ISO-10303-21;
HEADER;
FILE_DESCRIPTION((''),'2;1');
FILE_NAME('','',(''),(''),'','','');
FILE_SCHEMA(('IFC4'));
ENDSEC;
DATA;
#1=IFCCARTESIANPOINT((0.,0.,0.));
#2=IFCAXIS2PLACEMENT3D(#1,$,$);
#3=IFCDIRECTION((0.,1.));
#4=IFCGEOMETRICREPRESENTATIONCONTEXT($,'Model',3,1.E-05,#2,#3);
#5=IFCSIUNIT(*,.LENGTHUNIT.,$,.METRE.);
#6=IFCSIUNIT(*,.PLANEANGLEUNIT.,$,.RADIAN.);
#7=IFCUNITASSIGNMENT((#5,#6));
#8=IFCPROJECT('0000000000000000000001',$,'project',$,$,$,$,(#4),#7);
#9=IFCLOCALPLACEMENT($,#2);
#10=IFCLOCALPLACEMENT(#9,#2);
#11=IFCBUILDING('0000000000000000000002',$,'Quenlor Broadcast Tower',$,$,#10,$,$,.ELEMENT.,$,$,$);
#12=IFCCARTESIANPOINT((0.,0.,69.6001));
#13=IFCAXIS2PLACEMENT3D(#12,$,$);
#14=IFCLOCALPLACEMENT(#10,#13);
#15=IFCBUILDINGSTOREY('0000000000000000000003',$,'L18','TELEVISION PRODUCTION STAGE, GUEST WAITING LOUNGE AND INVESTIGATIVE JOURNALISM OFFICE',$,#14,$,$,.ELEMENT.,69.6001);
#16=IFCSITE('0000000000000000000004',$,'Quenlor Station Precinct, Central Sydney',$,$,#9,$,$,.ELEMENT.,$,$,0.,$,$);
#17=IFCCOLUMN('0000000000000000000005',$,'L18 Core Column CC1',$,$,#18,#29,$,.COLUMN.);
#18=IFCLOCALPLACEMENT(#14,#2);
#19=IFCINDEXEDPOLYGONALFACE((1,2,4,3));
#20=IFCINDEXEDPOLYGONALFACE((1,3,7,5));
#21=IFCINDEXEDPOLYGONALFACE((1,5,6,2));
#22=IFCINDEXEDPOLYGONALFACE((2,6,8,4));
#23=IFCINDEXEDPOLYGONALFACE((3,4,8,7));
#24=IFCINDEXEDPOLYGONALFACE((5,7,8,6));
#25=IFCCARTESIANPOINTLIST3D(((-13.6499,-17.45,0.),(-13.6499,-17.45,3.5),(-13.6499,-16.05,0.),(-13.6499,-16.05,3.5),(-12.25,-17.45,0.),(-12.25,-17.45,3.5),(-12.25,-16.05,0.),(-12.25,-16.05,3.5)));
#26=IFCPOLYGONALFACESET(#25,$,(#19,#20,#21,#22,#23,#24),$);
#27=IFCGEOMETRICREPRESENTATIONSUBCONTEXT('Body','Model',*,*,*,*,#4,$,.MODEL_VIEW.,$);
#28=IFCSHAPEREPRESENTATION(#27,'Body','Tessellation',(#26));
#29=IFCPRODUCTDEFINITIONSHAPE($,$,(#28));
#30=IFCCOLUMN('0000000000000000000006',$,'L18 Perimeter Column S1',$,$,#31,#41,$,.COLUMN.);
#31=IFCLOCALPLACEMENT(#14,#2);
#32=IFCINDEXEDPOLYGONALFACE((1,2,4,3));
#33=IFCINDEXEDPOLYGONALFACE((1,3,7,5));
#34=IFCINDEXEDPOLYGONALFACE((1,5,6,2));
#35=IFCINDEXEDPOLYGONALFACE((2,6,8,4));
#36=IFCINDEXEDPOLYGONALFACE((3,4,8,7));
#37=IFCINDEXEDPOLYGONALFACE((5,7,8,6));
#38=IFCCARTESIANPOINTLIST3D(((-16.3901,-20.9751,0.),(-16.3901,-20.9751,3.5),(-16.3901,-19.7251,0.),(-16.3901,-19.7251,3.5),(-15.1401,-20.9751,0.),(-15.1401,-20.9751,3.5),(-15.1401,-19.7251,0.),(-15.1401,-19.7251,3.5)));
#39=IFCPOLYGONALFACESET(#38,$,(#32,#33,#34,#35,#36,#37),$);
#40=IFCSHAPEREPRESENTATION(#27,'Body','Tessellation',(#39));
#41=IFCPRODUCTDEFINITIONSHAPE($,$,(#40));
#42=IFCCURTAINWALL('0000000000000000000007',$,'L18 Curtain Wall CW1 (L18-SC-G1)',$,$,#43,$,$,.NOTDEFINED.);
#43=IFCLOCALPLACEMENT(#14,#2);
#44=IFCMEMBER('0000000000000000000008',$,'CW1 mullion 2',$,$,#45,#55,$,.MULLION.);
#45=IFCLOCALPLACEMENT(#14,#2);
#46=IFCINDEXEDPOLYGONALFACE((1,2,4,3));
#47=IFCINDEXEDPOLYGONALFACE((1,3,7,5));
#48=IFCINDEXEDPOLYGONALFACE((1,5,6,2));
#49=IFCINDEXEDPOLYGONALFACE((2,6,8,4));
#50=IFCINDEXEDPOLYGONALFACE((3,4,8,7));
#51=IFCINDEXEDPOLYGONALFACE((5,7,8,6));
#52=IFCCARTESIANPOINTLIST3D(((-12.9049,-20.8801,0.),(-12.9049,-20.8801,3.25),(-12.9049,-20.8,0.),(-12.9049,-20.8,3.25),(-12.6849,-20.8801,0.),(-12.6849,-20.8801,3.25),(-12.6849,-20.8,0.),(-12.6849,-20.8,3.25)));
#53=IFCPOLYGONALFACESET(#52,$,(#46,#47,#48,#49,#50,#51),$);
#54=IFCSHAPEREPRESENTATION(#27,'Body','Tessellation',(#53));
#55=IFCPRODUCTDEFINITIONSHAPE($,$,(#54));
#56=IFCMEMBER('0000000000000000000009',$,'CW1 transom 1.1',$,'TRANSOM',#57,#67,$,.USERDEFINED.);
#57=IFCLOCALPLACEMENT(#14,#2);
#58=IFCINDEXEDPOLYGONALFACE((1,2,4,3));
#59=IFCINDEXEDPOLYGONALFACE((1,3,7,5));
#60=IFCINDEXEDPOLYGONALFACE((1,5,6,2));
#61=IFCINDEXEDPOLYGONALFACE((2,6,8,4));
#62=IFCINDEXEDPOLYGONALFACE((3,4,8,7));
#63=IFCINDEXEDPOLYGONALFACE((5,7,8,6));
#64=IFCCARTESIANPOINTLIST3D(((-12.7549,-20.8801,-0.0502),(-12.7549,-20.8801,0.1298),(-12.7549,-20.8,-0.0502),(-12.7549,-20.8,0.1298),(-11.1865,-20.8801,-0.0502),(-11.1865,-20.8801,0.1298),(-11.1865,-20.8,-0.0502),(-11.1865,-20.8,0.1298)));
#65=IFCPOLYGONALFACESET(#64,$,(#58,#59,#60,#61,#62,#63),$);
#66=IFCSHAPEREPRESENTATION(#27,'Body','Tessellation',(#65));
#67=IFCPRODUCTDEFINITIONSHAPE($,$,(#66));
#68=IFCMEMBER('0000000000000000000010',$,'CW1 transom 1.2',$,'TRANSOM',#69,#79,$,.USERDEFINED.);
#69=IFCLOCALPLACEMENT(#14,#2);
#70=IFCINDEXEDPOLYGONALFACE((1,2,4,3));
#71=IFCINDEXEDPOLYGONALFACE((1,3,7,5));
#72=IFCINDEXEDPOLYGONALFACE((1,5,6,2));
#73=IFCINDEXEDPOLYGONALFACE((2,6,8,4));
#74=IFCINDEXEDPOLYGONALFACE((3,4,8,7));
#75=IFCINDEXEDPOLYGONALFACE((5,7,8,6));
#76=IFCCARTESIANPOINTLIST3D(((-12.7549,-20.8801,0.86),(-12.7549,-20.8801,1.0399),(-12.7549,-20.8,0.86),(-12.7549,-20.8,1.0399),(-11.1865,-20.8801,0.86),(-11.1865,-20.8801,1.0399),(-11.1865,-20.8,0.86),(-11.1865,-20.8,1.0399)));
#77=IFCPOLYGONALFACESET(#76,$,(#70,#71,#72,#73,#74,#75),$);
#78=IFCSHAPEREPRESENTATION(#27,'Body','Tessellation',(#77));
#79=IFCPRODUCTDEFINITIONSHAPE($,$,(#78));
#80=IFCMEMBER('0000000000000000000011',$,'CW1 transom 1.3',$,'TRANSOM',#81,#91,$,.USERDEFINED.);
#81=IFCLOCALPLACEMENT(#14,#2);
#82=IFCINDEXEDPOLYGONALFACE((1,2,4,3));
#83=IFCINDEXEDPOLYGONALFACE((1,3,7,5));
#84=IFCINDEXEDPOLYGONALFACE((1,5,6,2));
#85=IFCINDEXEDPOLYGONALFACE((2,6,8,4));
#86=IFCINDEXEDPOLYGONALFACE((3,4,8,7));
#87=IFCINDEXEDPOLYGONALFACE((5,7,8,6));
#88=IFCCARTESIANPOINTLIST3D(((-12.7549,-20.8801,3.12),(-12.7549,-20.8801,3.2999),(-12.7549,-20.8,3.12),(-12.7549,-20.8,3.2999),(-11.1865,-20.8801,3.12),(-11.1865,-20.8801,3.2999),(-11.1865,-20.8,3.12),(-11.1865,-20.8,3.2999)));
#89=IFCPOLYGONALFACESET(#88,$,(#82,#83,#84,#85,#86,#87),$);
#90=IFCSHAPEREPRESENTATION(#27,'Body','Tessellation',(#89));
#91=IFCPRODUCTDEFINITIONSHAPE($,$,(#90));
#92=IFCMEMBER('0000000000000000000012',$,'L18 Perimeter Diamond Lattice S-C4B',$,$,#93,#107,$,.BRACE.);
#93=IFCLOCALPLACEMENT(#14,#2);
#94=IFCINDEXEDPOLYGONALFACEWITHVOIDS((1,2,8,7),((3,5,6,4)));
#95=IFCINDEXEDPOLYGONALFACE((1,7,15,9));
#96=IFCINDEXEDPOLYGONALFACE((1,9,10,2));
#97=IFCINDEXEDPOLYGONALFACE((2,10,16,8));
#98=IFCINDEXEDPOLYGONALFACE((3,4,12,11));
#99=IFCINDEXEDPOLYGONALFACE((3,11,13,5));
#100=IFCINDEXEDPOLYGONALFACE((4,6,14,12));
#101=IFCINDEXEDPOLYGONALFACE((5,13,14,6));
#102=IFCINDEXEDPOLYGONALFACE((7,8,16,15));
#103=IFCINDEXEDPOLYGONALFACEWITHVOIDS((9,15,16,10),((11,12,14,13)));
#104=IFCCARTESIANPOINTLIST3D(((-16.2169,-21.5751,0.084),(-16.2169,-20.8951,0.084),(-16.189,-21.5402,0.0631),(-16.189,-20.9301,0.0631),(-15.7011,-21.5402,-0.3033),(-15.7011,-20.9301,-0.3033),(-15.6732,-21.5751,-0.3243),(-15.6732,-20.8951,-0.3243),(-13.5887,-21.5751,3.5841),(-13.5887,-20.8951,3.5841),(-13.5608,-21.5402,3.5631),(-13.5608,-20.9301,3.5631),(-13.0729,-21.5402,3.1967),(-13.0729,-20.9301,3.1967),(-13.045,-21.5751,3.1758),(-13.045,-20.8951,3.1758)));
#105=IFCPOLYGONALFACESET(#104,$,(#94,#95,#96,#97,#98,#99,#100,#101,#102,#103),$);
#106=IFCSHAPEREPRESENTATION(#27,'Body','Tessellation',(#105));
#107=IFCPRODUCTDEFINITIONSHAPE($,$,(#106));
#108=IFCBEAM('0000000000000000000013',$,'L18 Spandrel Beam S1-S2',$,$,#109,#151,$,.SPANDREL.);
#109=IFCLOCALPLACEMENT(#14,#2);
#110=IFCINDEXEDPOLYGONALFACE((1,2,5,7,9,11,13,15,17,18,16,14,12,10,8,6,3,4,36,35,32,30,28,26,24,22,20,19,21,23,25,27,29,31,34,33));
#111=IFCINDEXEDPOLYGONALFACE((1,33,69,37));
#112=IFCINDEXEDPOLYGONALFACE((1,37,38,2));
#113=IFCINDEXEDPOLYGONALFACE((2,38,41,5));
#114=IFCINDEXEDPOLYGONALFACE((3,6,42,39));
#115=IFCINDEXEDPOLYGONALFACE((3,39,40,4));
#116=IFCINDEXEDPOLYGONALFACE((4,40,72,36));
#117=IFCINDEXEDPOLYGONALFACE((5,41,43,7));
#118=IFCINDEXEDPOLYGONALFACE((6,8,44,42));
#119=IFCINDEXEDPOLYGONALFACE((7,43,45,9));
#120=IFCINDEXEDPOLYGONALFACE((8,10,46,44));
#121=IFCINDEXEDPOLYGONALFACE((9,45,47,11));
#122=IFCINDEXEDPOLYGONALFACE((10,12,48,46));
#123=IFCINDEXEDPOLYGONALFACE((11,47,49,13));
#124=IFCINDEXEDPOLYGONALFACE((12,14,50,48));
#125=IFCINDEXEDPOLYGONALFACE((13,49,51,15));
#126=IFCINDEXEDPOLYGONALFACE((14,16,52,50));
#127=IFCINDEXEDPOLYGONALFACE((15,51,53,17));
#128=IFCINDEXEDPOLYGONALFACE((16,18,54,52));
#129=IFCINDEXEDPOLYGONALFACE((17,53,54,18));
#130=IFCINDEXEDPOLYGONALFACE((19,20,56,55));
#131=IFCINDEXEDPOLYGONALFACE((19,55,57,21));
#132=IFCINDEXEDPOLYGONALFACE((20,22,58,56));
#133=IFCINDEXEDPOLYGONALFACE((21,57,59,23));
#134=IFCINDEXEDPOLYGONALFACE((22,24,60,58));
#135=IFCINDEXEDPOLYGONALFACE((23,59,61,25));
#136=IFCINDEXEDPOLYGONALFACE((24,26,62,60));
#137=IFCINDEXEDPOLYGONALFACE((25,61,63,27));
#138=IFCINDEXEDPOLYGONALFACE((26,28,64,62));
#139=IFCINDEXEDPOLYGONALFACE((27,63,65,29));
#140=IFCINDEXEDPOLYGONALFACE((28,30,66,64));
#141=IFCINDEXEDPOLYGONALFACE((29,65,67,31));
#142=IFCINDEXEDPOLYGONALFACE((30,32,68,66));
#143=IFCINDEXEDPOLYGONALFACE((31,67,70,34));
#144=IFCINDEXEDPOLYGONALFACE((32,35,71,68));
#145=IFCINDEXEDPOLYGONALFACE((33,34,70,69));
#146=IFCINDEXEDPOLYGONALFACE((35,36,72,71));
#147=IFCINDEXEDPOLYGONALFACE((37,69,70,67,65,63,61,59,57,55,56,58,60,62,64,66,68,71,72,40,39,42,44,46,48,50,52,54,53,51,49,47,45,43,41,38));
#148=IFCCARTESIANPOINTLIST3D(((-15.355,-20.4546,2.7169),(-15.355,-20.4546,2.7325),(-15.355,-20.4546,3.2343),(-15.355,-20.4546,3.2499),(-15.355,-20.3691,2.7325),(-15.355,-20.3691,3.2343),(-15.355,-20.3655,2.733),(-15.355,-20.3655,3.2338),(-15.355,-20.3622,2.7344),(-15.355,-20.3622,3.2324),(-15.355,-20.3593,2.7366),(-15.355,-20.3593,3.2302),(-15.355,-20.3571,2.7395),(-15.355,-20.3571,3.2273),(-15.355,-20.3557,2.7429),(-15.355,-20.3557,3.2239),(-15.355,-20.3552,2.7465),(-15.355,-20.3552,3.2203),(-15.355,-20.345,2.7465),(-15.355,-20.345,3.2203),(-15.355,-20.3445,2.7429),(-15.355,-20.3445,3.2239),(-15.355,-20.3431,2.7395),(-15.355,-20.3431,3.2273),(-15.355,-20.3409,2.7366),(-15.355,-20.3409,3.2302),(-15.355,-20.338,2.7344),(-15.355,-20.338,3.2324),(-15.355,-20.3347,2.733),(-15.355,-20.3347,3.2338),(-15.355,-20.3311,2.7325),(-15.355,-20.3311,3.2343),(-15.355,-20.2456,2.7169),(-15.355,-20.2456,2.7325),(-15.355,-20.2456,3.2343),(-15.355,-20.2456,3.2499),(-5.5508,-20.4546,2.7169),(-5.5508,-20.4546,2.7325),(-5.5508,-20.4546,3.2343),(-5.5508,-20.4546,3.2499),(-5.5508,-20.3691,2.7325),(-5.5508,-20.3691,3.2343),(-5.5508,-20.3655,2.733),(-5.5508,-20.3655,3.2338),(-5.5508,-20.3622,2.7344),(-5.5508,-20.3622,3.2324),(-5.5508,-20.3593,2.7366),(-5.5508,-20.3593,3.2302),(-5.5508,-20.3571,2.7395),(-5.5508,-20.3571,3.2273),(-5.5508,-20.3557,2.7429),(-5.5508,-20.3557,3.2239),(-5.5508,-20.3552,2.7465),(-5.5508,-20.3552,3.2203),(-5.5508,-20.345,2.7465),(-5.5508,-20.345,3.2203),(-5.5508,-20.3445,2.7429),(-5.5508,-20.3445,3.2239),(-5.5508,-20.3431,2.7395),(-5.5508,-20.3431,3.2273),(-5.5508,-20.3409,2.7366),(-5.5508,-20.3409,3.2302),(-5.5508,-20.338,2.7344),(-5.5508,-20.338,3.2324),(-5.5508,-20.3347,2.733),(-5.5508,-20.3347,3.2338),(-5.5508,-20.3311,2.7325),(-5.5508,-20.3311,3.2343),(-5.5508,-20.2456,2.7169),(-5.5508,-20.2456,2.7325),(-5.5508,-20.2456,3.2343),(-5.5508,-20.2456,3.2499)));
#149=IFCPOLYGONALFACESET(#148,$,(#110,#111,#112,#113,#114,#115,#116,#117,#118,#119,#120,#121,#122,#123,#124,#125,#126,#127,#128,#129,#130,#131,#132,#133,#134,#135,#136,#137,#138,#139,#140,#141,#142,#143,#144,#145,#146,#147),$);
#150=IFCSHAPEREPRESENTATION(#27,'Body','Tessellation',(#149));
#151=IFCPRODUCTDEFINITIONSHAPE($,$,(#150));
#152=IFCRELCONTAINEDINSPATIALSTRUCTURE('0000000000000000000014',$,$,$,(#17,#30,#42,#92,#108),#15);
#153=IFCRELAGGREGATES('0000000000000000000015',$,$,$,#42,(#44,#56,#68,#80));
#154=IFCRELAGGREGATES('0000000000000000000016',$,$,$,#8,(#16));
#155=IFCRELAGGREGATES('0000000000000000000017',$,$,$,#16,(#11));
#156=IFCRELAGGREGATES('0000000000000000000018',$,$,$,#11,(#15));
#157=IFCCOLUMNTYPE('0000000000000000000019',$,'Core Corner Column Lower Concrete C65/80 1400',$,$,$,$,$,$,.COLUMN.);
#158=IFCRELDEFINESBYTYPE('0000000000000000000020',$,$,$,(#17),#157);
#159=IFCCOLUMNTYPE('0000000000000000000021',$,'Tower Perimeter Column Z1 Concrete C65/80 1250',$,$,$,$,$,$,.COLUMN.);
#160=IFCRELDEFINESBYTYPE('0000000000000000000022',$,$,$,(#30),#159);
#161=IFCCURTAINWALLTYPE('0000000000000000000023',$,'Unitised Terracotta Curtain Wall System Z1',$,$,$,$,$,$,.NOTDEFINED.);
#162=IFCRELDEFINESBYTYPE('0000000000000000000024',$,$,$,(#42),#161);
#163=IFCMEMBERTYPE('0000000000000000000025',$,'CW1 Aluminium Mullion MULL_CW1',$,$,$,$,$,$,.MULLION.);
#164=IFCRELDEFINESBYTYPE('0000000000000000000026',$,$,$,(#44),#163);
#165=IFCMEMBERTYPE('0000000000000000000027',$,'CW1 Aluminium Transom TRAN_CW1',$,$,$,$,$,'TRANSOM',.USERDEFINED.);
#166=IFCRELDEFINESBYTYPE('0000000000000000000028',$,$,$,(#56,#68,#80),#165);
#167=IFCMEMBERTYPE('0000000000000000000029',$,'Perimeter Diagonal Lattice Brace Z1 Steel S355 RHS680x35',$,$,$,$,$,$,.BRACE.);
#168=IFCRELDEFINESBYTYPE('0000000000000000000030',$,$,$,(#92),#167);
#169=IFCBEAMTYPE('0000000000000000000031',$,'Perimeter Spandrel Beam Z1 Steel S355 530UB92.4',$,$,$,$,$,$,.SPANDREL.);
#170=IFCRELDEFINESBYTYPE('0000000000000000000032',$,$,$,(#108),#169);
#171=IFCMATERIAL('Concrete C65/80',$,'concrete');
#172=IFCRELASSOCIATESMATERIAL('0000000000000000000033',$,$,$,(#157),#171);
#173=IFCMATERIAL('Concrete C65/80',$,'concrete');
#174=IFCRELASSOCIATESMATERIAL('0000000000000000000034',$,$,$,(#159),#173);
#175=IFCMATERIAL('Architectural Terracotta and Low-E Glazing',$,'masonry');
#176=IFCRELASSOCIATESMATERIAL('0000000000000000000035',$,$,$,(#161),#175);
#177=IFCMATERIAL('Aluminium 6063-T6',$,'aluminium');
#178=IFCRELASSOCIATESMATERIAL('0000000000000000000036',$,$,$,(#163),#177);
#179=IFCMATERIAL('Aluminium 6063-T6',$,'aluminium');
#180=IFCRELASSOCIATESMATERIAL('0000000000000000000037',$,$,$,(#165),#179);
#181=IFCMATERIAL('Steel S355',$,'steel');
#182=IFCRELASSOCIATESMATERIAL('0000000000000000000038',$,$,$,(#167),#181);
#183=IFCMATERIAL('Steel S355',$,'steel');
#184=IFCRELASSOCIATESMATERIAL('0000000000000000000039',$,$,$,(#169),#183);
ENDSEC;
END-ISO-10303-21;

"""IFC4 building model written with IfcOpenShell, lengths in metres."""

from ifc_helpers import new_model, si_unit, direction, frame, origin, origin_2d, place, context, subcontext, project, spatial, rectangle, hollow_rectangle, i_section, extrude, material, material_profile, profile_set, type_object, element, aggregate, save


model = new_model("IFC4")

# Units and contexts
model_context = context("Model", 3, precision=1e-05, world=origin(), true_north=direction((0.0, 1.0)))
body_context = subcontext(model_context, "Body", "Model", "MODEL_VIEW")
ifc_project = project(units=[si_unit("LENGTHUNIT", "METRE"), si_unit("PLANEANGLEUNIT", "RADIAN")], contexts=[model_context])

# Site, building, storey
site_placement = place(None, origin())
site = spatial("IfcSite", under=ifc_project, at=site_placement, Name="Quenlor Station Precinct, Central Sydney", CompositionType="ELEMENT", RefElevation=0.0)
building_placement = place(site_placement, origin())
building = spatial("IfcBuilding", under=site, at=building_placement, Name="Quenlor Broadcast Tower", CompositionType="ELEMENT")
storey_placement = place(building_placement, frame((0.0, 0.0, 69.6001)))
storey = spatial("IfcBuildingStorey", under=building, at=storey_placement, Name="L18", Description="TELEVISION PRODUCTION STAGE, GUEST WAITING LOUNGE AND INVESTIGATIVE JOURNALISM OFFICE", CompositionType="ELEMENT", Elevation=69.6001)

# Columns
ifc_material_1 = material(Name="Concrete C65/80", Category="concrete")
ifc_material_profile_1 = material_profile(ifc_material_1, rectangle(XDim=1.3999, YDim=1.3999, at=origin_2d()))
ifc_profile_set_1 = profile_set([ifc_material_profile_1], Name="Concrete C65/80 RC1400x1400")
column_type_1 = type_object("IfcColumnType", Name="Core Corner Column Lower Concrete C65/80 1400", PredefinedType="COLUMN", material=ifc_profile_set_1)
column_1_placement = place(storey_placement, frame((-12.95, -16.75, 0.0), z_axis=(0.0, 0.0, 1.0), x_axis=(1.0, 0.0, 0.0)))
element("IfcColumn", 1, at=column_1_placement, inside=storey, type_object=column_type_1, Name="L18 Core Column CC1", PredefinedType="COLUMN", context=body_context, shape_type="SweptSolid", body=[
    extrude(rectangle(XDim=1.3999, YDim=1.3999, at=origin_2d()), origin(), (0.0, 0.0, 1.0), 3.5),
])
ifc_material_2 = material(Name="Concrete C65/80", Category="concrete")
ifc_material_profile_2 = material_profile(ifc_material_2, rectangle(XDim=1.25, YDim=1.25, at=origin_2d()))
ifc_profile_set_2 = profile_set([ifc_material_profile_2], Name="Concrete C65/80 RC1250x1250")
column_type_2 = type_object("IfcColumnType", Name="Tower Perimeter Column Z1 Concrete C65/80 1250", PredefinedType="COLUMN", material=ifc_profile_set_2)
column_2_placement = place(storey_placement, frame((-15.7651, -20.3501, 0.0), z_axis=(0.0, 0.0, 1.0), x_axis=(0.0, 1.0, 0.0)))
element("IfcColumn", 2, at=column_2_placement, inside=storey, type_object=column_type_2, Name="L18 Perimeter Column S1", PredefinedType="COLUMN", context=body_context, shape_type="SweptSolid", body=[
    extrude(rectangle(XDim=1.25, YDim=1.25, at=origin_2d()), origin(), (0.0, 0.0, 1.0), 3.5),
])

# Curtain wall, members
ifc_material_3 = material(Name="Architectural Terracotta and Low-E Glazing", Category="masonry")
curtain_wall_type = type_object("IfcCurtainWallType", Name="Unitised Terracotta Curtain Wall System Z1", PredefinedType="NOTDEFINED", material=ifc_material_3)
curtain_wall_placement = place(storey_placement, origin())
curtain_wall = element("IfcCurtainWall", 3, at=curtain_wall_placement, inside=storey, type_object=curtain_wall_type, Name="L18 Curtain Wall CW1 (L18-SC-G1)", PredefinedType="NOTDEFINED")
ifc_material_4 = material(Name="Aluminium 6063-T6", Category="aluminium")
ifc_material_profile_3 = material_profile(ifc_material_4, rectangle(XDim=0.0801, YDim=0.22, at=origin_2d()))
ifc_profile_set_3 = profile_set([ifc_material_profile_3], Name="Aluminium 6063-T6 MULL80x220")
member_type_1 = type_object("IfcMemberType", Name="CW1 Aluminium Mullion MULL_CW1", PredefinedType="MULLION", material=ifc_profile_set_3)
member_1_placement = place(storey_placement, frame((-12.7949, -20.8401, 0.0), z_axis=(0.0, 0.0, 1.0), x_axis=(0.0, -1.0, 0.0)))
member_1 = element("IfcMember", 4, at=member_1_placement, type_object=member_type_1, Name="CW1 mullion 2", PredefinedType="MULLION", context=body_context, shape_type="SweptSolid", body=[
    extrude(rectangle(XDim=0.0801, YDim=0.22, at=origin_2d()), origin(), (0.0, 0.0, 1.0), 3.25),
])
ifc_material_5 = material(Name="Aluminium 6063-T6", Category="aluminium")
ifc_material_profile_4 = material_profile(ifc_material_5, rectangle(XDim=0.0801, YDim=0.1799, at=origin_2d()))
ifc_profile_set_4 = profile_set([ifc_material_profile_4], Name="Aluminium 6063-T6 TRAN80x180")
member_type_2 = type_object("IfcMemberType", Name="CW1 Aluminium Transom TRAN_CW1", ElementType="TRANSOM", PredefinedType="USERDEFINED", material=ifc_profile_set_4)
member_2_placement = place(storey_placement, frame((-11.1865, -20.8401, 0.0398), z_axis=(-1.0, 0.0, 0.0), x_axis=(0.0, -1.0, 0.0)))
member_2 = element("IfcMember", 5, at=member_2_placement, type_object=member_type_2, Name="CW1 transom 1.1", ObjectType="TRANSOM", PredefinedType="USERDEFINED", context=body_context, shape_type="SweptSolid", body=[
    extrude(rectangle(XDim=0.0801, YDim=0.1799, at=origin_2d()), origin(), (0.0, 0.0, 1.0), 1.5684),
])
member_3_placement = place(storey_placement, frame((-11.1865, -20.8401, 0.95), z_axis=(-1.0, 0.0, 0.0), x_axis=(0.0, -1.0, 0.0)))
member_3 = element("IfcMember", 6, at=member_3_placement, type_object=member_type_2, Name="CW1 transom 1.2", ObjectType="TRANSOM", PredefinedType="USERDEFINED", context=body_context, shape_type="SweptSolid", body=[
    extrude(rectangle(XDim=0.0801, YDim=0.1799, at=origin_2d()), origin(), (0.0, 0.0, 1.0), 1.5684),
])
member_4_placement = place(storey_placement, frame((-11.1865, -20.8401, 3.21), z_axis=(-1.0, 0.0, 0.0), x_axis=(0.0, -1.0, 0.0)))
member_4 = element("IfcMember", 7, at=member_4_placement, type_object=member_type_2, Name="CW1 transom 1.3", ObjectType="TRANSOM", PredefinedType="USERDEFINED", context=body_context, shape_type="SweptSolid", body=[
    extrude(rectangle(XDim=0.0801, YDim=0.1799, at=origin_2d()), origin(), (0.0, 0.0, 1.0), 1.5684),
])

# Member
ifc_material_6 = material(Name="Steel S355", Category="steel")
ifc_material_profile_5 = material_profile(ifc_material_6, hollow_rectangle(XDim=0.6799, YDim=0.6799, WallThickness=0.0349, at=origin_2d()))
ifc_profile_set_5 = profile_set([ifc_material_profile_5], Name="Steel S355 RHS680x680x35")
member_type_3 = type_object("IfcMemberType", Name="Perimeter Diagonal Lattice Brace Z1 Steel S355 RHS680x35", PredefinedType="BRACE", material=ifc_profile_set_5)
member_5_placement = place(storey_placement, frame((-15.9451, -21.2351, -0.1201), z_axis=(0.600464, 0.0, 0.799652), x_axis=(0.0, 1.0, 0.0)))
element("IfcMember", 8, at=member_5_placement, inside=storey, type_object=member_type_3, Name="L18 Perimeter Diamond Lattice S-C4B", PredefinedType="BRACE", context=body_context, shape_type="SweptSolid", body=[
    extrude(hollow_rectangle(XDim=0.6799, YDim=0.6799, WallThickness=0.0349, at=origin_2d()), origin(), (0.0, 0.0, 1.0), 4.377),
])

# Beam
ifc_material_7 = material(Name="Steel S355", Category="steel")
ifc_material_profile_6 = material_profile(ifc_material_7, i_section(OverallWidth=0.209, OverallDepth=0.533, WebThickness=0.0103, FlangeThickness=0.0156, FilletRadius=0.0139, at=origin_2d()))
ifc_profile_set_6 = profile_set([ifc_material_profile_6], Name="Steel S355 530UB92.4")
beam_type_1 = type_object("IfcBeamType", Name="Perimeter Spandrel Beam Z1 Steel S355 530UB92.4", PredefinedType="SPANDREL", material=ifc_profile_set_6)
beam_1_placement = place(storey_placement, frame((-15.355, -20.3501, 2.9834), z_axis=(1.0, 0.0, 0.0), x_axis=(0.0, 1.0, 0.0)))
element("IfcBeam", 9, at=beam_1_placement, inside=storey, type_object=beam_type_1, Name="L18 Spandrel Beam S1-S2", PredefinedType="SPANDREL", context=body_context, shape_type="SweptSolid", body=[
    extrude(i_section(OverallWidth=0.209, OverallDepth=0.533, WebThickness=0.0103, FlangeThickness=0.0156, FilletRadius=0.0139, at=origin_2d()), origin(), (0.0, 0.0, 1.0), 9.8042),
])

aggregate(curtain_wall, [member_1, member_2, member_3, member_4])

save(model, "model.ifc")
